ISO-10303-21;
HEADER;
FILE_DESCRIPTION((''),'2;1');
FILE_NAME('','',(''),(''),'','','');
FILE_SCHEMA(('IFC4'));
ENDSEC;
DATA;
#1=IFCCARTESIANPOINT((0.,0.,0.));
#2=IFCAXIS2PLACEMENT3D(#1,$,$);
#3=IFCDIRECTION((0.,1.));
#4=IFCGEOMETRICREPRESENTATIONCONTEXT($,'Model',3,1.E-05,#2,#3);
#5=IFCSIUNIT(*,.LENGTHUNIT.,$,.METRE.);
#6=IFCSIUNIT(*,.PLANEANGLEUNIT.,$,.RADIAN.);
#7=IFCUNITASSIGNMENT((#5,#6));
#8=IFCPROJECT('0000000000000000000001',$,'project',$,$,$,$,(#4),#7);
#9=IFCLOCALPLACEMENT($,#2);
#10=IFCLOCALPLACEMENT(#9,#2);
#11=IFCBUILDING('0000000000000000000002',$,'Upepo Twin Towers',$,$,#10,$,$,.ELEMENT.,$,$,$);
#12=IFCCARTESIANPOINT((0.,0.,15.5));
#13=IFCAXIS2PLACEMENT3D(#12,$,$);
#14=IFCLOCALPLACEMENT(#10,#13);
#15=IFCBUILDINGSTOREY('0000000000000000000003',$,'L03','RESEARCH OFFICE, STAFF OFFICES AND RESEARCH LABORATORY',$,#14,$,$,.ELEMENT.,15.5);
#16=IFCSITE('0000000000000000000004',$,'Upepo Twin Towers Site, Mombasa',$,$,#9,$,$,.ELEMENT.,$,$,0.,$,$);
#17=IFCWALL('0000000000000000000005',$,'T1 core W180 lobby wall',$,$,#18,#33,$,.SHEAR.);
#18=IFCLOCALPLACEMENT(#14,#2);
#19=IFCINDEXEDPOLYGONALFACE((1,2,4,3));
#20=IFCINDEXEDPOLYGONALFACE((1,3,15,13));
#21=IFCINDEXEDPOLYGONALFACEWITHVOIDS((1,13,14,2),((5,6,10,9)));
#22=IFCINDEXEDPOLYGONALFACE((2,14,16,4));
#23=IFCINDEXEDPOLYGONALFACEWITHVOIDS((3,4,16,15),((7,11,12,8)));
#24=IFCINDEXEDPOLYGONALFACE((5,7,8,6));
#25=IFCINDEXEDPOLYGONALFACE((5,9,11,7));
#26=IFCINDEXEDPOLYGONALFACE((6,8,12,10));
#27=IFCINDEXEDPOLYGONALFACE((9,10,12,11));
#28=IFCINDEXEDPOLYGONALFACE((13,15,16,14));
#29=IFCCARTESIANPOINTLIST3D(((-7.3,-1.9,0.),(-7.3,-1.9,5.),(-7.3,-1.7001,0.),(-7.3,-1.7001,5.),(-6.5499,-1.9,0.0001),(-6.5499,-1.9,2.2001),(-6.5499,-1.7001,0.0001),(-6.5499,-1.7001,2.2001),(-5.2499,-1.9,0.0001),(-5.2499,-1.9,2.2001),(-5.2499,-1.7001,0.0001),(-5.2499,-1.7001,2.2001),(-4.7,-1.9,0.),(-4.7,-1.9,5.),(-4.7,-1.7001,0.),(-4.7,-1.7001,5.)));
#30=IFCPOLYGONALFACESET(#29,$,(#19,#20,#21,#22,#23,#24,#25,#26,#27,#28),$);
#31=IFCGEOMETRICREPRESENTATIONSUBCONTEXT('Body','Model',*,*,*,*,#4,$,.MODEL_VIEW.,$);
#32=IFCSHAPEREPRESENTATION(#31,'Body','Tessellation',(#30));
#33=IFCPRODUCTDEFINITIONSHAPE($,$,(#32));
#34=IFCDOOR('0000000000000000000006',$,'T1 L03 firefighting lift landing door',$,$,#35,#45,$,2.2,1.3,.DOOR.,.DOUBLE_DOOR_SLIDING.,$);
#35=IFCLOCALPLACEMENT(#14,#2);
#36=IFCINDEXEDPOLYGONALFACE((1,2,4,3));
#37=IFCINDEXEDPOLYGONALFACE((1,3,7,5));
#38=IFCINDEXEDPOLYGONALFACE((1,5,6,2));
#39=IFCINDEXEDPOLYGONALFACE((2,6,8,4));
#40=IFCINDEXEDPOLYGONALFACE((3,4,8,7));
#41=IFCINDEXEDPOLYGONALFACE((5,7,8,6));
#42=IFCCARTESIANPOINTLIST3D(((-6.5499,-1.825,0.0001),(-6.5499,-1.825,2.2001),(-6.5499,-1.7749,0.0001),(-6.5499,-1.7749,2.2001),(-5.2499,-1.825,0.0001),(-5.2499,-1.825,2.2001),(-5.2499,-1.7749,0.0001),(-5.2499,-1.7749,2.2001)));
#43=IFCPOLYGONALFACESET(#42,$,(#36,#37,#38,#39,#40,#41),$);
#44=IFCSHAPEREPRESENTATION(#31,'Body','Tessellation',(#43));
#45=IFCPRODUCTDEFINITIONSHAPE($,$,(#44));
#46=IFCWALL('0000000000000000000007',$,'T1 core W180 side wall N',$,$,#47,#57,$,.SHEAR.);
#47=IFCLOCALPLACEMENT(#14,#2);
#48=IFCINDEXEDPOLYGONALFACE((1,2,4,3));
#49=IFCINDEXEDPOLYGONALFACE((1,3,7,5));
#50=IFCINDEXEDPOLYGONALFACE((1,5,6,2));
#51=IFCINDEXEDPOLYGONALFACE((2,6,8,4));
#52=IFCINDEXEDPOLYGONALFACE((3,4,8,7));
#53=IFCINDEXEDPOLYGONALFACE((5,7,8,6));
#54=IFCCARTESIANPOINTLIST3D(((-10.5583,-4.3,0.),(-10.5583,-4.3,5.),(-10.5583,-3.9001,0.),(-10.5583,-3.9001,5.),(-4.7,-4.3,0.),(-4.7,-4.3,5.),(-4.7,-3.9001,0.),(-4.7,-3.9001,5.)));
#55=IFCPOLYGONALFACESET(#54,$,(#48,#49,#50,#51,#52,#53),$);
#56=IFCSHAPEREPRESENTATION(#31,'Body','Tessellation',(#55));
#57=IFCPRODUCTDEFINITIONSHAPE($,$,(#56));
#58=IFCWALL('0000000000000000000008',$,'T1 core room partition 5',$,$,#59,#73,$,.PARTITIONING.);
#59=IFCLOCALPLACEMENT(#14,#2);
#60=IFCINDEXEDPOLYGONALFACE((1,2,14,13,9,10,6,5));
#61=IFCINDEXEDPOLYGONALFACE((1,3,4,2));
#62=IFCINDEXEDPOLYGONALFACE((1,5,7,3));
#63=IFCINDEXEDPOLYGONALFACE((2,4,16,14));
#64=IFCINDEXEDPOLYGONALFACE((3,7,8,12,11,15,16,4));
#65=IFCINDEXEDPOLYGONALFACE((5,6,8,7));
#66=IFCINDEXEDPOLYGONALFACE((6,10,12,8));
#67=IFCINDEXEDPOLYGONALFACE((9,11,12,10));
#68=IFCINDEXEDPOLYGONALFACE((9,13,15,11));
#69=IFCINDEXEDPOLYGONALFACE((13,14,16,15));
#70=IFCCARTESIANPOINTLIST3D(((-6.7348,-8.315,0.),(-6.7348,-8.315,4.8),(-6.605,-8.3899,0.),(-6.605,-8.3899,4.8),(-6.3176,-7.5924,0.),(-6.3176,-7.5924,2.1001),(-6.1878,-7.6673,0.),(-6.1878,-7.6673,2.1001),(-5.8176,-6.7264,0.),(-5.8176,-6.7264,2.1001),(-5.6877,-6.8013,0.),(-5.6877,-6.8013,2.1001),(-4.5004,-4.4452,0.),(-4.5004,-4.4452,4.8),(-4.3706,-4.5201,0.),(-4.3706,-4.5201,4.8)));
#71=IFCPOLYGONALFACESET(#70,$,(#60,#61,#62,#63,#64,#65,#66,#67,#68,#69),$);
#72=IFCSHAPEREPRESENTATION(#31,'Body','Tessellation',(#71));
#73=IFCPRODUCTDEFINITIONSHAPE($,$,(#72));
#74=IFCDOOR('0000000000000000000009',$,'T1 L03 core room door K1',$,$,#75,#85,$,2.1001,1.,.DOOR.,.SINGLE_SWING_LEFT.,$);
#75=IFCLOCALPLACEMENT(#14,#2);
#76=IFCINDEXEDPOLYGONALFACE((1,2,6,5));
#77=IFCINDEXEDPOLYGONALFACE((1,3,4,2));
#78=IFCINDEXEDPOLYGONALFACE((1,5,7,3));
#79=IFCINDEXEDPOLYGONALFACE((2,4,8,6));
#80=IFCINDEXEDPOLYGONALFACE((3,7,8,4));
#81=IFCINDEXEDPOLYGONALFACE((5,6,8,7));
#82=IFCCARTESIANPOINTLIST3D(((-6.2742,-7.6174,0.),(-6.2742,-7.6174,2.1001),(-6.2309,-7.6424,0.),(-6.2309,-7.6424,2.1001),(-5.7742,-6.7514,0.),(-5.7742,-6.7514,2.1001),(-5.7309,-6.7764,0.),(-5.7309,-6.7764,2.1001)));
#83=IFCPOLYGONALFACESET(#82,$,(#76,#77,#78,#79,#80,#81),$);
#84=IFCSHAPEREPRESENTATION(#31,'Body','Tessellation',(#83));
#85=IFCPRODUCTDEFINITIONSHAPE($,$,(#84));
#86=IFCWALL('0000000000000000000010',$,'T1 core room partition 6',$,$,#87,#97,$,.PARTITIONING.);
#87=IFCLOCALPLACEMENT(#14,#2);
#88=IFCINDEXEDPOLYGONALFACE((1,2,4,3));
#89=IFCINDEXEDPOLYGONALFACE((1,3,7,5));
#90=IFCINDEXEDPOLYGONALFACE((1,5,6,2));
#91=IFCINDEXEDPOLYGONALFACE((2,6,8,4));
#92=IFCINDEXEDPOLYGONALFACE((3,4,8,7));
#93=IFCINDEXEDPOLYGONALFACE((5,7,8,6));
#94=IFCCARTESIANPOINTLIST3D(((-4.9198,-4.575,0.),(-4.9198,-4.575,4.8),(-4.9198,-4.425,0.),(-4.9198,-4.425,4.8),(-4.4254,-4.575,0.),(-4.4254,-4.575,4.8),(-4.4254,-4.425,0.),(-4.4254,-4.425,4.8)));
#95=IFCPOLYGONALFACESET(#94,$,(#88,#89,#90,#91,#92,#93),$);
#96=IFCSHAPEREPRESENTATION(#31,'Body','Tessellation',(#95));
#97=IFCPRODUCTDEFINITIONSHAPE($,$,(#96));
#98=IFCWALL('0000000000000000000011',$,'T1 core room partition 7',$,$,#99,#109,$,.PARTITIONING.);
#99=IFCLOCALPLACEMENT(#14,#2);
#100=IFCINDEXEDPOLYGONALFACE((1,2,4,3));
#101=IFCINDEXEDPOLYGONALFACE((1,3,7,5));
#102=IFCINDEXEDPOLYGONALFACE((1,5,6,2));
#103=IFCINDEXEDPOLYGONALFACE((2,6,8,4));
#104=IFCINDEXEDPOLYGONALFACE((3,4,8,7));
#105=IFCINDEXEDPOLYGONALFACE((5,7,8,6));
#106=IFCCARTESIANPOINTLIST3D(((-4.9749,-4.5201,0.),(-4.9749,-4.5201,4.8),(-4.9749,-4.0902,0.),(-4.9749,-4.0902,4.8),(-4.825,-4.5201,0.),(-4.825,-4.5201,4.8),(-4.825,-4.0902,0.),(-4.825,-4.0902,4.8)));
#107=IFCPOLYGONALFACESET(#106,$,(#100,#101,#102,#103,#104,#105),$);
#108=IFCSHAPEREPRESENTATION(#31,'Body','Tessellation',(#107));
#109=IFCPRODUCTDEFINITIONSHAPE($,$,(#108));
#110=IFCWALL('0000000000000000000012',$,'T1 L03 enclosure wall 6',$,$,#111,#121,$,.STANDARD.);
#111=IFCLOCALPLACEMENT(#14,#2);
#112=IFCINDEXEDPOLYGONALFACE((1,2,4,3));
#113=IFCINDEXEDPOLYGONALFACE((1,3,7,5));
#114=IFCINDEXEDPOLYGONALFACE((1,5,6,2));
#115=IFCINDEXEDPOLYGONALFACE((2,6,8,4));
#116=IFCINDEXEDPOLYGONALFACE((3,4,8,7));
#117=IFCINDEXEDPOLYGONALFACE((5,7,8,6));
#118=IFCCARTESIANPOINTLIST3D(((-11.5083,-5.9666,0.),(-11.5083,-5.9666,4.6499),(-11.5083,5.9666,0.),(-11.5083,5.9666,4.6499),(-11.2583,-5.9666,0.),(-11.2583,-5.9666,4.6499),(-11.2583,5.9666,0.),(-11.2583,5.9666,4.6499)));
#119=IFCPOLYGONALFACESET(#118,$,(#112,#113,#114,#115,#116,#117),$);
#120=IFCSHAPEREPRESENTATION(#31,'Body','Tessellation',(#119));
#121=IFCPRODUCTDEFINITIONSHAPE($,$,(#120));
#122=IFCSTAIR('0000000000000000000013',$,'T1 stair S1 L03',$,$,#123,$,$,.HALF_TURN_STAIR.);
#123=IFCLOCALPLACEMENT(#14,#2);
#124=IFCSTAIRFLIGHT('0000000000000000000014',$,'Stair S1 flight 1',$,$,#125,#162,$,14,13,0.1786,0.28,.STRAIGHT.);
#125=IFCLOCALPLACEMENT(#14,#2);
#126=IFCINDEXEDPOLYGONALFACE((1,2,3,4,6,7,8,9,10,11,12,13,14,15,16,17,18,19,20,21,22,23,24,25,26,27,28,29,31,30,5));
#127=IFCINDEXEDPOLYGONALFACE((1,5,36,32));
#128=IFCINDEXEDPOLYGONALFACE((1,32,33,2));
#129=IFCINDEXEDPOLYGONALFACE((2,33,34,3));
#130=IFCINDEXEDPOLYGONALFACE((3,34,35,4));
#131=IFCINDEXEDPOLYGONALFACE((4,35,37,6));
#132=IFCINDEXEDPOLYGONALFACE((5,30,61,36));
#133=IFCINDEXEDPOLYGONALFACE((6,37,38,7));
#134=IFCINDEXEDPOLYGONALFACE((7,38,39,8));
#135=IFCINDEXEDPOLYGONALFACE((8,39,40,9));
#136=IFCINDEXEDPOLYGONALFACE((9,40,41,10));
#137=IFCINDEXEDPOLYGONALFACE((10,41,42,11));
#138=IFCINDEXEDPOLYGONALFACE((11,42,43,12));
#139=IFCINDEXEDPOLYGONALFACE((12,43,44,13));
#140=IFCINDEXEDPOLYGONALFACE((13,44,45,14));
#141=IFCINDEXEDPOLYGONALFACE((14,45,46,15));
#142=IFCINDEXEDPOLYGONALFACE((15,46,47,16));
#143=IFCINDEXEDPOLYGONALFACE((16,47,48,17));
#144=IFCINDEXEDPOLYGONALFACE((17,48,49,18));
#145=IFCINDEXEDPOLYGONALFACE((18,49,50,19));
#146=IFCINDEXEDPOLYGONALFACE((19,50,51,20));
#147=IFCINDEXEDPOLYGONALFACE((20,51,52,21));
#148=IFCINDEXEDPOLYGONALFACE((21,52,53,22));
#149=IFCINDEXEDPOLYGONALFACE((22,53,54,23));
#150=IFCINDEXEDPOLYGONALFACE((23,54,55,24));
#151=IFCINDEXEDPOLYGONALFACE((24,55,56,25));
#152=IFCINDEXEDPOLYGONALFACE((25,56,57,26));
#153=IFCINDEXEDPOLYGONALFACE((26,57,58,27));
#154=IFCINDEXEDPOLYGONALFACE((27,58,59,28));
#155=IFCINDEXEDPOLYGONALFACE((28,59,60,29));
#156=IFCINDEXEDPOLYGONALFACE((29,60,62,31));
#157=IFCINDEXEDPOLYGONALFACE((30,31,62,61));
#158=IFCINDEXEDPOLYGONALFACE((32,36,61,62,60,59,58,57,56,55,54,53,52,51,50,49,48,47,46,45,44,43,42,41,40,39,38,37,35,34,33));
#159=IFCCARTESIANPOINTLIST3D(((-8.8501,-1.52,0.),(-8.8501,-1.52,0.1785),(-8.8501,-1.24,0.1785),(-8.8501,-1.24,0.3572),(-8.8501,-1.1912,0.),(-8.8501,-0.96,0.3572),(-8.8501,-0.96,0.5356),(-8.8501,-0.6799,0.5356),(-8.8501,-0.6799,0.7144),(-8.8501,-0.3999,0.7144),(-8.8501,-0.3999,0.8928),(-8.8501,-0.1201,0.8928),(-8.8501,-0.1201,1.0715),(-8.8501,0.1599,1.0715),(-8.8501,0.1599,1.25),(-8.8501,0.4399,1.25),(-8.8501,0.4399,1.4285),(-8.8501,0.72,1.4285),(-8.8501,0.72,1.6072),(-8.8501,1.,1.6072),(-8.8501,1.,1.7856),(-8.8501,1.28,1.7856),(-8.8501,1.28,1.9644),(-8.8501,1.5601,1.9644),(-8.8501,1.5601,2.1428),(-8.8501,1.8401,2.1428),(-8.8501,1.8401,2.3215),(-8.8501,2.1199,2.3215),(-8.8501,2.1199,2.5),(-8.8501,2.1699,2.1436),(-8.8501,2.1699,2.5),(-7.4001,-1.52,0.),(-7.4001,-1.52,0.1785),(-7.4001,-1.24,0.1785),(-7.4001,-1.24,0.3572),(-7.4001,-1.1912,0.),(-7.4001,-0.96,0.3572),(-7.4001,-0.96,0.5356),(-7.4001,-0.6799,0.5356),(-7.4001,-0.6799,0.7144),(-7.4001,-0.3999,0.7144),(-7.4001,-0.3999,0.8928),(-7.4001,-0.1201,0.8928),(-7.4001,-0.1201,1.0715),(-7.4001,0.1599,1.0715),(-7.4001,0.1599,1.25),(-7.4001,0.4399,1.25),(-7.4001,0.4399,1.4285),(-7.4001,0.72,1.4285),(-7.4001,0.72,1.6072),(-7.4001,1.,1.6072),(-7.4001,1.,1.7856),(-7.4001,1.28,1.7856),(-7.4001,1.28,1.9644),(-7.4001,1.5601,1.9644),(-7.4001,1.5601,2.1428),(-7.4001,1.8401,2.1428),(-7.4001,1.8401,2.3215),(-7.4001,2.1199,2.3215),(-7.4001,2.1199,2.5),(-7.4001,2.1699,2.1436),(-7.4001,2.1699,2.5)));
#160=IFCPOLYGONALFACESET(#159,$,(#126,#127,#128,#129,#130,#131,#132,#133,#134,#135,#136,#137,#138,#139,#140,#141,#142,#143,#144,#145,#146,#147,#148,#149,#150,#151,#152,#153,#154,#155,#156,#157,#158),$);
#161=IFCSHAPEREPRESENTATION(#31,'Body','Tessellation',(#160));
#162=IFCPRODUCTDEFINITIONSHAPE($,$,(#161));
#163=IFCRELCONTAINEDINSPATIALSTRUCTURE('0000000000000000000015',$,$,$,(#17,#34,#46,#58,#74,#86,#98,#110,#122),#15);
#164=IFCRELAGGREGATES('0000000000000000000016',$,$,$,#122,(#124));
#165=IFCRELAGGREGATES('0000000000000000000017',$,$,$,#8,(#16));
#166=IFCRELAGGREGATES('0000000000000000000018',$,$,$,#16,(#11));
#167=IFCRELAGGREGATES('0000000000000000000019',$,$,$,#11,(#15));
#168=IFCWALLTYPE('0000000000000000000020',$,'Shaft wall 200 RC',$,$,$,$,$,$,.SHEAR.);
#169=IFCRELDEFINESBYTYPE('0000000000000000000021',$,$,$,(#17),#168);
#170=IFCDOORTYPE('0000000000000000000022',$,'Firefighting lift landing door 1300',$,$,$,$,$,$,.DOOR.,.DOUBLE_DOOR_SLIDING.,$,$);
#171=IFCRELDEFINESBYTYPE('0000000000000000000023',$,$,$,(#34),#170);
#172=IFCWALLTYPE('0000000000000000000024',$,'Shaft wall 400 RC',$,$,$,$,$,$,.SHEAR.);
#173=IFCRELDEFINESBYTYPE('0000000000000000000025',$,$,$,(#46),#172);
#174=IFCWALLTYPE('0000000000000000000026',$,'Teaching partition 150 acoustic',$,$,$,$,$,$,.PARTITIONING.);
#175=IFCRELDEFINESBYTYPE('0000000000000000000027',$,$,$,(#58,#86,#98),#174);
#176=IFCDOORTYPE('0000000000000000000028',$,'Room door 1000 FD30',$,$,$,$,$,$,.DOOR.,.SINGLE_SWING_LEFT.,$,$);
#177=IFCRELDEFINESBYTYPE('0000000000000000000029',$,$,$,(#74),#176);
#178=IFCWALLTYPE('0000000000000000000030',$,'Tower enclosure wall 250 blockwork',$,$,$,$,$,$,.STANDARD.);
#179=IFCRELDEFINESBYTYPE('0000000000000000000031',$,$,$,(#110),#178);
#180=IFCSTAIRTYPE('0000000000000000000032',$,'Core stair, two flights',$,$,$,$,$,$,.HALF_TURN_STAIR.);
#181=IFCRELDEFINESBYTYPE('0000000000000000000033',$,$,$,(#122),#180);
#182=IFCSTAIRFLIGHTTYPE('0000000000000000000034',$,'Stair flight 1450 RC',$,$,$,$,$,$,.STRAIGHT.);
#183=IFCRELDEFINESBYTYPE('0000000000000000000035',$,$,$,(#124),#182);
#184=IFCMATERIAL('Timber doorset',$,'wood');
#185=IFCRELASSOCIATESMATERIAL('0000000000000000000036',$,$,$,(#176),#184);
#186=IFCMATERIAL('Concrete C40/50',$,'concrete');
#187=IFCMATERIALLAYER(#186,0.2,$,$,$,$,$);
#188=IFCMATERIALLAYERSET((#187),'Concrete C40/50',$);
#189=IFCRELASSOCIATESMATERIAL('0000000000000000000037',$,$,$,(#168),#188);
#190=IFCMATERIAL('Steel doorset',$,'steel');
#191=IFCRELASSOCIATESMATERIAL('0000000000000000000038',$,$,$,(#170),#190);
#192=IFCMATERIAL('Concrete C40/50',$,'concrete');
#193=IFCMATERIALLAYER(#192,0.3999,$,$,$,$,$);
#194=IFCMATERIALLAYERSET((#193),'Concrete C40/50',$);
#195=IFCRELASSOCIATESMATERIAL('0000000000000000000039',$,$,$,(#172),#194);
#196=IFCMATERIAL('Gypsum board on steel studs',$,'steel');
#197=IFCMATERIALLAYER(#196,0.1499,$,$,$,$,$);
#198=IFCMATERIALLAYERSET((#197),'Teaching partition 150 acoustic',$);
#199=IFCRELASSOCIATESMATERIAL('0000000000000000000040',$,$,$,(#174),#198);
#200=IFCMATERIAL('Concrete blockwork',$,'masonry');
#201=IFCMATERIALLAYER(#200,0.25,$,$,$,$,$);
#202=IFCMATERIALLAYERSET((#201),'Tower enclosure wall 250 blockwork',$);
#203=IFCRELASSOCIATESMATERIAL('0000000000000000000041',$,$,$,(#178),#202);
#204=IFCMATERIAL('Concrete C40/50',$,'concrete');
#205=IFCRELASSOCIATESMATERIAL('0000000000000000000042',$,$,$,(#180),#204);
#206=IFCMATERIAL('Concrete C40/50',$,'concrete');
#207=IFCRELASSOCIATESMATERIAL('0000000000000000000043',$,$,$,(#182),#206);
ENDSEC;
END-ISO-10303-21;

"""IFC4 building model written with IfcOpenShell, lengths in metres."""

from ifc_helpers import new_model, si_unit, direction, frame, frame_2d, origin, place, context, subcontext, project, spatial, polyline, rectangle, outline, extrude, material, layer, layer_set, type_object, element, fill, aggregate, save


model = new_model("IFC4")

# Units and contexts
model_context = context("Model", 3, precision=1e-05, world=origin(), true_north=direction((0.0, 1.0)))
body_context = subcontext(model_context, "Body", "Model", "MODEL_VIEW")
ifc_project = project(units=[si_unit("LENGTHUNIT", "METRE"), si_unit("PLANEANGLEUNIT", "RADIAN")], contexts=[model_context])

# Site, building, storey
site_placement = place(None, origin())
site = spatial("IfcSite", under=ifc_project, at=site_placement, Name="Upepo Twin Towers Site, Mombasa", CompositionType="ELEMENT", RefElevation=0.0)
building_placement = place(site_placement, origin())
building = spatial("IfcBuilding", under=site, at=building_placement, Name="Upepo Twin Towers", CompositionType="ELEMENT")
storey_placement = place(building_placement, frame((0.0, 0.0, 15.5)))
storey = spatial("IfcBuildingStorey", under=building, at=storey_placement, Name="L03", Description="RESEARCH OFFICE, STAFF OFFICES AND RESEARCH LABORATORY", CompositionType="ELEMENT", Elevation=15.5)

# Shared definitions
ifc_material_1 = material(Name="Timber doorset", Category="wood")
door_type_1 = type_object("IfcDoorType", Name="Room door 1000 FD30", OperationType="SINGLE_SWING_LEFT", PredefinedType="DOOR", material=ifc_material_1)

# Wall, opening, door
ifc_material_2 = material(Name="Concrete C40/50", Category="concrete")
ifc_layer_1 = layer(ifc_material_2, 0.2)
ifc_layer_set_1 = layer_set([ifc_layer_1], Name="Concrete C40/50")
wall_type_1 = type_object("IfcWallType", Name="Shaft wall 200 RC", PredefinedType="SHEAR", material=ifc_layer_set_1)
wall_1_placement = place(storey_placement, frame((-4.7, -1.8, 0.0), z_axis=(0.0, 0.0, 1.0), x_axis=(-1.0, 0.0, 0.0)))
wall_1 = element("IfcWall", 1, at=wall_1_placement, inside=storey, type_object=wall_type_1, Name="T1 core W180 lobby wall", PredefinedType="SHEAR", context=body_context, shape_type="SweptSolid", body=[
    extrude(rectangle(XDim=2.6001, YDim=0.2, at=frame_2d((1.3, 0.0))), origin(), (0.0, 0.0, 1.0), 5.0),
])
opening_1_placement = place(wall_1_placement, frame((0.55, 0.0, 0.0)))
opening_1 = element("IfcOpeningElement", 2, at=opening_1_placement, cuts=wall_1, PredefinedType="OPENING", context=body_context, shape_type="SweptSolid", body=[
    extrude(rectangle(XDim=1.3, YDim=2.2, at=frame_2d((0.6499, 1.1001))), frame((0.0, 0.1099, 0.0), z_axis=(0.0, -1.0, 0.0), x_axis=(1.0, 0.0, 0.0)), (0.0, 0.0, 1.0), 0.22),
])
ifc_material_3 = material(Name="Steel doorset", Category="steel")
door_type_2 = type_object("IfcDoorType", Name="Firefighting lift landing door 1300", OperationType="DOUBLE_DOOR_SLIDING", PredefinedType="DOOR", material=ifc_material_3)
door_1_placement = place(opening_1_placement, origin())
door_1 = element("IfcDoor", 3, at=door_1_placement, inside=storey, type_object=door_type_2, Name="T1 L03 firefighting lift landing door", OperationType="DOUBLE_DOOR_SLIDING", OverallHeight=2.2, OverallWidth=1.3, PredefinedType="DOOR", context=body_context, shape_type="SweptSolid", body=[
    extrude(rectangle(XDim=1.3, YDim=2.2, at=frame_2d((0.6499, 1.1001))), frame((0.0, 0.0249, 0.0), z_axis=(0.0, -1.0, 0.0), x_axis=(1.0, 0.0, 0.0)), (0.0, 0.0, 1.0), 0.05),
])
fill(opening_1, door_1)

# Wall
ifc_material_4 = material(Name="Concrete C40/50", Category="concrete")
ifc_layer_2 = layer(ifc_material_4, 0.3999)
ifc_layer_set_2 = layer_set([ifc_layer_2], Name="Concrete C40/50")
wall_type_2 = type_object("IfcWallType", Name="Shaft wall 400 RC", PredefinedType="SHEAR", material=ifc_layer_set_2)
wall_2_placement = place(storey_placement, frame((-4.7, -4.1001, 0.0), z_axis=(0.0, 0.0, 1.0), x_axis=(-1.0, 0.0, 0.0)))
element("IfcWall", 4, at=wall_2_placement, inside=storey, type_object=wall_type_2, Name="T1 core W180 side wall N", PredefinedType="SHEAR", context=body_context, shape_type="SweptSolid", body=[
    extrude(rectangle(XDim=5.8584, YDim=0.3999, at=frame_2d((2.9292, 0.0))), origin(), (0.0, 0.0, 1.0), 5.0),
])

# Wall, opening, door
ifc_material_5 = material(Name="Gypsum board on steel studs", Category="steel")
ifc_layer_3 = layer(ifc_material_5, 0.1499)
ifc_layer_set_3 = layer_set([ifc_layer_3], Name="Teaching partition 150 acoustic")
wall_type_3 = type_object("IfcWallType", Name="Teaching partition 150 acoustic", PredefinedType="PARTITIONING", material=ifc_layer_set_3)
wall_3_placement = place(storey_placement, frame((-6.6699, -8.3525, 0.0), z_axis=(0.0, 0.0, 1.0), x_axis=(0.500017, 0.866015, 0.0)))
wall_3 = element("IfcWall", 5, at=wall_3_placement, inside=storey, type_object=wall_type_3, Name="T1 core room partition 5", PredefinedType="PARTITIONING", context=body_context, shape_type="SweptSolid", body=[
    extrude(rectangle(XDim=4.4685, YDim=0.1499, at=frame_2d((2.2344, 0.0))), origin(), (0.0, 0.0, 1.0), 4.8),
])
opening_2_placement = place(wall_3_placement, frame((0.8345, 0.0, 0.0)))
opening_2 = element("IfcOpeningElement", 6, at=opening_2_placement, cuts=wall_3, PredefinedType="OPENING", context=body_context, shape_type="SweptSolid", body=[
    extrude(rectangle(XDim=1.0, YDim=2.1001, at=frame_2d((0.5, 1.05))), frame((0.0, 0.085, 0.0), z_axis=(0.0, -1.0, 0.0), x_axis=(1.0, 0.0, 0.0)), (0.0, 0.0, 1.0), 0.1699),
])
door_2_placement = place(opening_2_placement, origin())
door_2 = element("IfcDoor", 7, at=door_2_placement, inside=storey, type_object=door_type_1, Name="T1 L03 core room door K1", OperationType="SINGLE_SWING_LEFT", OverallHeight=2.1001, OverallWidth=1.0, PredefinedType="DOOR", context=body_context, shape_type="SweptSolid", body=[
    extrude(rectangle(XDim=1.0, YDim=2.1001, at=frame_2d((0.5, 1.05))), frame((0.0, 0.0249, 0.0), z_axis=(0.0, -1.0, 0.0), x_axis=(1.0, 0.0, 0.0)), (0.0, 0.0, 1.0), 0.05),
])
fill(opening_2, door_2)

# Walls
wall_4_placement = place(storey_placement, frame((-4.4255, -4.5, 0.0), z_axis=(0.0, 0.0, 1.0), x_axis=(-1.0, 0.0, 0.0)))
element("IfcWall", 8, at=wall_4_placement, inside=storey, type_object=wall_type_3, Name="T1 core room partition 6", PredefinedType="PARTITIONING", context=body_context, shape_type="SweptSolid", body=[
    extrude(rectangle(XDim=0.4944, YDim=0.1499, at=frame_2d((0.2471, 0.0))), origin(), (0.0, 0.0, 1.0), 4.8),
])
wall_5_placement = place(storey_placement, frame((-4.8999, -4.52, 0.0), z_axis=(0.0, 0.0, 1.0), x_axis=(0.0, 1.0, 0.0)))
element("IfcWall", 9, at=wall_5_placement, inside=storey, type_object=wall_type_3, Name="T1 core room partition 7", PredefinedType="PARTITIONING", context=body_context, shape_type="SweptSolid", body=[
    extrude(rectangle(XDim=0.4299, YDim=0.1499, at=frame_2d((0.2148, 0.0))), origin(), (0.0, 0.0, 1.0), 4.8),
])
ifc_material_6 = material(Name="Concrete blockwork", Category="masonry")
ifc_layer_4 = layer(ifc_material_6, 0.25)
ifc_layer_set_4 = layer_set([ifc_layer_4], Name="Tower enclosure wall 250 blockwork")
wall_type_4 = type_object("IfcWallType", Name="Tower enclosure wall 250 blockwork", PredefinedType="STANDARD", material=ifc_layer_set_4)
wall_6_placement = place(storey_placement, frame((-11.3833, -5.9666, 0.0), z_axis=(0.0, 0.0, 1.0), x_axis=(0.0, 1.0, 0.0)))
element("IfcWall", 10, at=wall_6_placement, inside=storey, type_object=wall_type_4, Name="T1 L03 enclosure wall 6", PredefinedType="STANDARD", context=body_context, shape_type="SweptSolid", body=[
    extrude(rectangle(XDim=11.9331, YDim=0.25, at=frame_2d((5.9666, 0.0))), origin(), (0.0, 0.0, 1.0), 4.6499),
])

# Stair, stair flight
ifc_material_7 = material(Name="Concrete C40/50", Category="concrete")
stair_type = type_object("IfcStairType", Name="Core stair, two flights", PredefinedType="HALF_TURN_STAIR", material=ifc_material_7)
stair_placement = place(storey_placement, origin())
stair = element("IfcStair", 11, at=stair_placement, inside=storey, type_object=stair_type, Name="T1 stair S1 L03", PredefinedType="HALF_TURN_STAIR")
ifc_material_8 = material(Name="Concrete C40/50", Category="concrete")
stair_flight_type = type_object("IfcStairFlightType", Name="Stair flight 1450 RC", PredefinedType="STRAIGHT", material=ifc_material_8)
stair_flight_placement = place(storey_placement, frame((-8.125, -1.52, 0.0), z_axis=(0.0, 0.0, 1.0), x_axis=(0.0, 1.0, 0.0)))
stair_flight = element("IfcStairFlight", 12, at=stair_flight_placement, type_object=stair_flight_type, Name="Stair S1 flight 1", NumberOfRisers=14, NumberOfTreads=13, PredefinedType="STRAIGHT", RiserHeight=0.1786, TreadLength=0.28, context=body_context, shape_type="SweptSolid", body=[
    extrude(outline(polyline([(0.0, 0.0), (0.0, 0.1785), (0.28, 0.1785), (0.28, 0.3572), (0.5601, 0.3572), (0.5601, 0.5356), (0.8401, 0.5356), (0.8401, 0.7144), (1.1201, 0.7144), (1.1201, 0.8928), (1.3999, 0.8928), (1.3999, 1.0715), (1.6799, 1.0715), (1.6799, 1.25), (1.96, 1.25), (1.96, 1.4285), (2.24, 1.4285), (2.24, 1.6072), (2.52, 1.6072), (2.52, 1.7856), (2.8, 1.7856), (2.8, 1.9644), (3.0801, 1.9644), (3.0801, 2.1428), (3.3601, 2.1428), (3.3601, 2.3215), (3.6399, 2.3215), (3.6399, 2.5), (3.6899, 2.5), (3.6899, 2.1436), (0.3289, 0.0), (0.0, 0.0)])), frame((0.0, 0.7251, 0.0), z_axis=(0.0, -1.0, 0.0), x_axis=(1.0, 0.0, 0.0)), (0.0, 0.0, 1.0), 1.45),
])
aggregate(stair, [stair_flight])

save(model, "model.ifc")
